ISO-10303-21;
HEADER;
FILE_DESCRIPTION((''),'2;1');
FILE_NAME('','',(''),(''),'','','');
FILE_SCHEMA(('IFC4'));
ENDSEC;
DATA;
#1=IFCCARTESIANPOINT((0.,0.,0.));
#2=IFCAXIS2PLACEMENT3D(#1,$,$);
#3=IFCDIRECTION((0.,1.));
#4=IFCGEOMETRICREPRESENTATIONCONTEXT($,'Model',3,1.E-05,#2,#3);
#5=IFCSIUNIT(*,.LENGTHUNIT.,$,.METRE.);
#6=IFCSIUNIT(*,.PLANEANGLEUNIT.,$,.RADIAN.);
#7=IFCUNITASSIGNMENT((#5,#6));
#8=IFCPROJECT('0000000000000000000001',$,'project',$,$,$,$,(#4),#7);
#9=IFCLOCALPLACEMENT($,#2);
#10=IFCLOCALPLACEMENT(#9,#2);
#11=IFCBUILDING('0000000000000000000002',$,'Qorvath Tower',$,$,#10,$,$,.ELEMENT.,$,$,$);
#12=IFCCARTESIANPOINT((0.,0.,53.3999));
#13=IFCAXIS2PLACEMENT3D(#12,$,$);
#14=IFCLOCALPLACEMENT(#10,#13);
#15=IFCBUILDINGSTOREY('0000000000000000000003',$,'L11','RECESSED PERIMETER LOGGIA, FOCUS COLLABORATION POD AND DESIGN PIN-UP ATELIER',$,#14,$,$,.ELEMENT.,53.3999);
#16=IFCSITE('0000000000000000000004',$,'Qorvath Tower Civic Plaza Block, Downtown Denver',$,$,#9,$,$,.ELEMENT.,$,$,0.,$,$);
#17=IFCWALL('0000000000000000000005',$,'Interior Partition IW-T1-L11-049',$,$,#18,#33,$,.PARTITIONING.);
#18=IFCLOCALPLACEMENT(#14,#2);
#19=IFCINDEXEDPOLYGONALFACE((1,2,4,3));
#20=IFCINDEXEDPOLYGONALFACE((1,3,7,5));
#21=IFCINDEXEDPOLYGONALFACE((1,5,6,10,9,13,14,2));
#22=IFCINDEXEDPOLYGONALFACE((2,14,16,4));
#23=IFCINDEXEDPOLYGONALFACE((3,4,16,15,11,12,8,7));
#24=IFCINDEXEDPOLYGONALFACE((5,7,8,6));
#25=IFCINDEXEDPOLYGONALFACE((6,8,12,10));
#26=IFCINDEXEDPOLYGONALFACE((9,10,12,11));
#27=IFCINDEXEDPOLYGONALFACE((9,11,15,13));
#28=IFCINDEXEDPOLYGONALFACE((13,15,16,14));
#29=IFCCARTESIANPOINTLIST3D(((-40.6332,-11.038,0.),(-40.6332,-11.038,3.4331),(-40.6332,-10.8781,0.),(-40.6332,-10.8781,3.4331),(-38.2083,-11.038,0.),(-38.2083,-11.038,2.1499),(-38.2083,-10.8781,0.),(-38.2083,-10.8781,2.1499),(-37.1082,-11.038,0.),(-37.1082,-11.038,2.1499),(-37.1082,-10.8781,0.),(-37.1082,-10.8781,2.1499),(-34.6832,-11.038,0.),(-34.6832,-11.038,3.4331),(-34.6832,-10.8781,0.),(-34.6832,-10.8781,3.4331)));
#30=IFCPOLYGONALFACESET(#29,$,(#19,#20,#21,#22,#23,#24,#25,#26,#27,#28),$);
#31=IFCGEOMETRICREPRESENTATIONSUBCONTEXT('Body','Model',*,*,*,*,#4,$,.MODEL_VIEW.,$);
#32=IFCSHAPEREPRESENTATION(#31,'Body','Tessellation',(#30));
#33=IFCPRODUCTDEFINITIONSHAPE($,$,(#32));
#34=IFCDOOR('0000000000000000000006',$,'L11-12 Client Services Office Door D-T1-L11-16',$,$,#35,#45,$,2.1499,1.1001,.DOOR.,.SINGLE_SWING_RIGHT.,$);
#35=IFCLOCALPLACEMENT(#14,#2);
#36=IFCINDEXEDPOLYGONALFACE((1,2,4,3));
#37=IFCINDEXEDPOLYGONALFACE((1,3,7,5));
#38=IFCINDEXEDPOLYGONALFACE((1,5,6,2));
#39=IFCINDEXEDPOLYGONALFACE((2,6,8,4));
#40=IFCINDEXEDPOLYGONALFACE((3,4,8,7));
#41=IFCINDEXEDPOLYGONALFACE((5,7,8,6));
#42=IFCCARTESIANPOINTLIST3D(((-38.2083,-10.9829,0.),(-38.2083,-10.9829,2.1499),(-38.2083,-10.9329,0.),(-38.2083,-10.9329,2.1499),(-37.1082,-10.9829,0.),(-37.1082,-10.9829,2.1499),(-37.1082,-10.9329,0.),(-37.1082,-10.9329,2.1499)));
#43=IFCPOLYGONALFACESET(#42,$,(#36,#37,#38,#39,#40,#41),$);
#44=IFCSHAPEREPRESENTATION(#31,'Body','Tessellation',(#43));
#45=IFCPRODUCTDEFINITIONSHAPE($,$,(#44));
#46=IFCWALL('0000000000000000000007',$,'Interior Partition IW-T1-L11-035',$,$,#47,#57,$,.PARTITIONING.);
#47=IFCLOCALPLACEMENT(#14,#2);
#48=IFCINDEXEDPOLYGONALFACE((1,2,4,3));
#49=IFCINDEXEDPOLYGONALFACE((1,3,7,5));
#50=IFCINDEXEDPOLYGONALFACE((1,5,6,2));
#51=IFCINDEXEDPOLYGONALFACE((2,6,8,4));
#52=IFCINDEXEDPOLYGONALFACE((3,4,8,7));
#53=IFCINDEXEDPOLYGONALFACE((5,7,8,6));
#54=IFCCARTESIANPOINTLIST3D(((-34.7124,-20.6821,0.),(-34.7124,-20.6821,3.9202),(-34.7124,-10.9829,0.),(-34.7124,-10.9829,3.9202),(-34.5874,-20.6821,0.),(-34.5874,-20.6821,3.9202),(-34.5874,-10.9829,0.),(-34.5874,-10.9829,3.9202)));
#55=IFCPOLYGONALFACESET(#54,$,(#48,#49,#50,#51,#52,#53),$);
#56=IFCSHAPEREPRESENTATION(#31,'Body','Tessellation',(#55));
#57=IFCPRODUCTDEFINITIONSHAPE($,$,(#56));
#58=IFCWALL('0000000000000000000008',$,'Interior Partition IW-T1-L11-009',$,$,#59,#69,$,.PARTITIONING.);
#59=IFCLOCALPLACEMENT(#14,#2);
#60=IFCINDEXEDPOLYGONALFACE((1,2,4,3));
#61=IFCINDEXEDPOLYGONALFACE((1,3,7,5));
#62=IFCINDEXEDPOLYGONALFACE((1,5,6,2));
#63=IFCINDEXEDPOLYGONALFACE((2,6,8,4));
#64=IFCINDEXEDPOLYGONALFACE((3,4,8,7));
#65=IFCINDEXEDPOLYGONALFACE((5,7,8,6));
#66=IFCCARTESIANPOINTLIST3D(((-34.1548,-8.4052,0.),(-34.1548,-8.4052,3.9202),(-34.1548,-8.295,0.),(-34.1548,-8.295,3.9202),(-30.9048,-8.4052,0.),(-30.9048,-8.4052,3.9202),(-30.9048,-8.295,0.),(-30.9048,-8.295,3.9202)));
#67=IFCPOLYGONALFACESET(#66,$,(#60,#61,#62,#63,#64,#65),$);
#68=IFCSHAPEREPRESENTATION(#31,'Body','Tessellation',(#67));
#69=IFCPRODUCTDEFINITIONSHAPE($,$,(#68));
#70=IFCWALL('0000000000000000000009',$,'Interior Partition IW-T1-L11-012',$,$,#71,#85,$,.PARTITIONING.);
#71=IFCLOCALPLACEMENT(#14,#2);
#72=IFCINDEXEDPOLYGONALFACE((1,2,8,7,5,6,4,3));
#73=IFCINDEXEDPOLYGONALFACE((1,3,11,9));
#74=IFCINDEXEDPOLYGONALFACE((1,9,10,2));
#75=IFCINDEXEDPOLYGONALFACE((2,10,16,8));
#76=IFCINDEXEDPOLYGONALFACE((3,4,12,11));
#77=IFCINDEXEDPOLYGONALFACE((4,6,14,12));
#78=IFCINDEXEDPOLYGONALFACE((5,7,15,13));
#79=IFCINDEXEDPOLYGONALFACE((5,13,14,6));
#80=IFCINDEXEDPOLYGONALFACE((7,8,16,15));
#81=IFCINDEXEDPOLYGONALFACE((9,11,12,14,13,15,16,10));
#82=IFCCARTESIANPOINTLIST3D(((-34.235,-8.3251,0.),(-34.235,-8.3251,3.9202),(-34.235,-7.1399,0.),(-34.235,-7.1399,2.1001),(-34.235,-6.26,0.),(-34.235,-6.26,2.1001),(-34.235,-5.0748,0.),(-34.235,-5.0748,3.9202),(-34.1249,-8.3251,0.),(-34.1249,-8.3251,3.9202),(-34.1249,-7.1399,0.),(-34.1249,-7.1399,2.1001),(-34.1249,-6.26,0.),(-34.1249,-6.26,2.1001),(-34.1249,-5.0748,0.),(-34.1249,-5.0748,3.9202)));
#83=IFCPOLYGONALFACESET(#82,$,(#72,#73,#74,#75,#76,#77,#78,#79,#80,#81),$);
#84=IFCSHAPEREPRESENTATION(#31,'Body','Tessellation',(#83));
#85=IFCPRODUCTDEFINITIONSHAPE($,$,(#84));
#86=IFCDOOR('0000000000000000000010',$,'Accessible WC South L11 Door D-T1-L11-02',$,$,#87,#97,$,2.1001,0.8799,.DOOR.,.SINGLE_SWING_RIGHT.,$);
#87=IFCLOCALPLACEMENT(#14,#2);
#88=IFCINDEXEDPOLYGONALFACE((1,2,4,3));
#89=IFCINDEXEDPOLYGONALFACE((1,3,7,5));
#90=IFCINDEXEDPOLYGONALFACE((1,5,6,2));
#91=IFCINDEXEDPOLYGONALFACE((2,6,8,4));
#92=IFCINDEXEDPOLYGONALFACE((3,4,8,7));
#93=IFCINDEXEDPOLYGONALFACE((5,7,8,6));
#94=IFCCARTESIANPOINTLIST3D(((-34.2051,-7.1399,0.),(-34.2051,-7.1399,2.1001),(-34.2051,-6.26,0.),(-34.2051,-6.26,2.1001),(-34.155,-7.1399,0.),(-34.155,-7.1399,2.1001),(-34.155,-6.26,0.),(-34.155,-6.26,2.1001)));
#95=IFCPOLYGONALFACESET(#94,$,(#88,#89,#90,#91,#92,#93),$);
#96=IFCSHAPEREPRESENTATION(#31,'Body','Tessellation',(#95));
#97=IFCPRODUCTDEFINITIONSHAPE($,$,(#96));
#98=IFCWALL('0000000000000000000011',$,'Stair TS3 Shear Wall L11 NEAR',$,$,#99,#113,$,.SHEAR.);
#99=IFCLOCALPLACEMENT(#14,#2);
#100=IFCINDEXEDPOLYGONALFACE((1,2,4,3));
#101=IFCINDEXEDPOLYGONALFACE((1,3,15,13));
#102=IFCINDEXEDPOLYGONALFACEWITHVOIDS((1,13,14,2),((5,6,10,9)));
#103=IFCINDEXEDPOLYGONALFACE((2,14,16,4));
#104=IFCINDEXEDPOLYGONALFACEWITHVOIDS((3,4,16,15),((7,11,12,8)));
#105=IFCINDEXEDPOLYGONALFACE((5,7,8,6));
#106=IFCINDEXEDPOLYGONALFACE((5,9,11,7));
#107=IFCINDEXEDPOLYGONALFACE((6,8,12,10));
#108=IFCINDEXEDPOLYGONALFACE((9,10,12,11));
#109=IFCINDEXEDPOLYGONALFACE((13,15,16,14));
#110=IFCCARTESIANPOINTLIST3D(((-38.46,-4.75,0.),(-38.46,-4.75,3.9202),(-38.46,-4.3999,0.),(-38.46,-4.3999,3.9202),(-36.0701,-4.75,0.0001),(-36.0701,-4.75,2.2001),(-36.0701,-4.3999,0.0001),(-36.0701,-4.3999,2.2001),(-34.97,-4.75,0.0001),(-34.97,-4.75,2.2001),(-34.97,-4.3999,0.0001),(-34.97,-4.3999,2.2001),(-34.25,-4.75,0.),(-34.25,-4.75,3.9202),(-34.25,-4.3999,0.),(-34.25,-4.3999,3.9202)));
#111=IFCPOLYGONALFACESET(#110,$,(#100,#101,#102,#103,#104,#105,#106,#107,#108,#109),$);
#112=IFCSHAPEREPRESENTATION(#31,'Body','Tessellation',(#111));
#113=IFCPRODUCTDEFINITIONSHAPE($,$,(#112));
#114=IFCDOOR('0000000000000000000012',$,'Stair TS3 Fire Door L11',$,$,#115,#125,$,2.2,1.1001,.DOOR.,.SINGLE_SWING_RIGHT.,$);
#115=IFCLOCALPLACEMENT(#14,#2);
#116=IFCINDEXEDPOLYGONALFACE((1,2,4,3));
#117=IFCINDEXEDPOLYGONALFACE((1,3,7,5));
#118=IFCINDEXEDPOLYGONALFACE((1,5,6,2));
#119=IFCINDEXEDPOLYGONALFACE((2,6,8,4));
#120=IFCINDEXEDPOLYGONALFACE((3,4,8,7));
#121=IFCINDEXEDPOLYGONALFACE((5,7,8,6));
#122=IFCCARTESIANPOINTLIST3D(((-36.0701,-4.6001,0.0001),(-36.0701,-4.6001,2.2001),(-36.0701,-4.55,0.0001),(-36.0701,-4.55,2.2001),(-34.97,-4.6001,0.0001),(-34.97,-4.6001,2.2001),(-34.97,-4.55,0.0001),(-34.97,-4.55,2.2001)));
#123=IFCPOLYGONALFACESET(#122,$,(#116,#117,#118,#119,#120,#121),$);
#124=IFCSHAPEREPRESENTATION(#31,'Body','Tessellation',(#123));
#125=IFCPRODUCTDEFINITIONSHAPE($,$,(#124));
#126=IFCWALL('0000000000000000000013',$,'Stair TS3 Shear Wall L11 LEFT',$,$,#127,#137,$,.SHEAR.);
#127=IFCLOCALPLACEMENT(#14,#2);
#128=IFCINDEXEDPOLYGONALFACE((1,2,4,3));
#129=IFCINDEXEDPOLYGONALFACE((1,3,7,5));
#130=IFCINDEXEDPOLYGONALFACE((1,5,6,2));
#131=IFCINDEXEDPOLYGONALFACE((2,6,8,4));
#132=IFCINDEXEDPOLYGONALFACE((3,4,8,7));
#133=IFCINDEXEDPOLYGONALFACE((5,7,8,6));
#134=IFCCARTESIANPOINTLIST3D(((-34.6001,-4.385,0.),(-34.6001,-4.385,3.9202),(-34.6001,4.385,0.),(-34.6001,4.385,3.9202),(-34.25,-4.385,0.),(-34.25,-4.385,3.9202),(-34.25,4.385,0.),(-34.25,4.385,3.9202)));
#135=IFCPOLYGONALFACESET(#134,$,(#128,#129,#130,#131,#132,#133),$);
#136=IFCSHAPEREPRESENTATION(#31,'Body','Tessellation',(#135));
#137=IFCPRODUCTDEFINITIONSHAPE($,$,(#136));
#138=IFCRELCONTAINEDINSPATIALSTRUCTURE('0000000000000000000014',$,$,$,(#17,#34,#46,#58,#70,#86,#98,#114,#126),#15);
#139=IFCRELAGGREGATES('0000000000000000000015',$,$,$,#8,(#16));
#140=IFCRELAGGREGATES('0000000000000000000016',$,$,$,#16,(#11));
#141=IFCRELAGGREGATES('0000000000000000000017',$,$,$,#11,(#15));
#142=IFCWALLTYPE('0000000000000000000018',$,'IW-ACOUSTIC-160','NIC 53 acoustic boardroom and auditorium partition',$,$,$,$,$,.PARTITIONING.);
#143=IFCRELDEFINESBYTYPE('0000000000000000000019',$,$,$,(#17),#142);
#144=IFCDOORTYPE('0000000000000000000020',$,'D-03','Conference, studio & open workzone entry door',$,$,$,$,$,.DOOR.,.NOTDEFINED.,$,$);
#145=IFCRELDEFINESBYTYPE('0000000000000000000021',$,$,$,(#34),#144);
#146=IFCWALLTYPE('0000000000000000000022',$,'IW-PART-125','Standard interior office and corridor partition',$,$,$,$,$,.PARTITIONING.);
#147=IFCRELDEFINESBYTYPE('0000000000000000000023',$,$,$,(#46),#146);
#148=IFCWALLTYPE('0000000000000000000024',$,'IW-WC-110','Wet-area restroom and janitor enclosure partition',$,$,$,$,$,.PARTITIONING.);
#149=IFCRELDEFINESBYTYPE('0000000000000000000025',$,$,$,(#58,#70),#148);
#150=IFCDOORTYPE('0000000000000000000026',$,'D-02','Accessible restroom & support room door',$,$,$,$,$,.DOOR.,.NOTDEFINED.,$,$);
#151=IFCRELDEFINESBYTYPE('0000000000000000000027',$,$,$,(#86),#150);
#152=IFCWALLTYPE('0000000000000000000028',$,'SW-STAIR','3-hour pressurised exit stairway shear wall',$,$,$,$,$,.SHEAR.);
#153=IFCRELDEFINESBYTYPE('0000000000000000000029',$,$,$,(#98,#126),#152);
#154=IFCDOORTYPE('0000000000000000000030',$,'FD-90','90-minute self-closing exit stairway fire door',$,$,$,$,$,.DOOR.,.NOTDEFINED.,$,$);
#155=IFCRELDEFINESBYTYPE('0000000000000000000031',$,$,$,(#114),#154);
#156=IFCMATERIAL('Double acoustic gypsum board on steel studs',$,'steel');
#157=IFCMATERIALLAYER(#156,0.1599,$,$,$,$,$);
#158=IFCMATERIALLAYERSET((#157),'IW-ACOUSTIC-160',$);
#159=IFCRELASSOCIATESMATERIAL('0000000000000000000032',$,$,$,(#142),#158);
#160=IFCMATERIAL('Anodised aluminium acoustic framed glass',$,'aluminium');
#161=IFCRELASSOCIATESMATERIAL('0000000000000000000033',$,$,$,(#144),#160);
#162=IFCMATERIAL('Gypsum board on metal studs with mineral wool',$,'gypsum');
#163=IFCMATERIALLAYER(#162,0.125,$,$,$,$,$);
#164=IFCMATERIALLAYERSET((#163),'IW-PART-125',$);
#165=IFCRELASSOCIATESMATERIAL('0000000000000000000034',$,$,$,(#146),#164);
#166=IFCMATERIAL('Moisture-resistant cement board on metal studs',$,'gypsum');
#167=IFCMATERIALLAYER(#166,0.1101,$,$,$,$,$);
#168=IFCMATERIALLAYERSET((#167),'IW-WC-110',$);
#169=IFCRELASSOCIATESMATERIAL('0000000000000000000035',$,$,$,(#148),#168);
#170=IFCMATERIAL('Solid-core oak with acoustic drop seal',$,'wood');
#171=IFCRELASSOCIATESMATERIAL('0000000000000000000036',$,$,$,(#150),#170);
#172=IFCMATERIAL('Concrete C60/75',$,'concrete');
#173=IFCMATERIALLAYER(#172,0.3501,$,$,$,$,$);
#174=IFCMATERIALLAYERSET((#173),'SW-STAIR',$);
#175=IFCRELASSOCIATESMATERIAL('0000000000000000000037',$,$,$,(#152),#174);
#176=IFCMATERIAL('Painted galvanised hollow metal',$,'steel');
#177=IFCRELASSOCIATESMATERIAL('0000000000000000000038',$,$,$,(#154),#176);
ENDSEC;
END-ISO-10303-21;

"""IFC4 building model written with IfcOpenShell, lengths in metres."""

from ifc_helpers import new_model, si_unit, direction, frame, frame_2d, origin, place, context, subcontext, project, spatial, rectangle, extrude, material, layer, layer_set, type_object, element, fill, save


model = new_model("IFC4")

# Units and contexts
model_context = context("Model", 3, precision=1e-05, world=origin(), true_north=direction((0.0, 1.0)))
body_context = subcontext(model_context, "Body", "Model", "MODEL_VIEW")
ifc_project = project(units=[si_unit("LENGTHUNIT", "METRE"), si_unit("PLANEANGLEUNIT", "RADIAN")], contexts=[model_context])

# Site, building, storey
site_placement = place(None, origin())
site = spatial("IfcSite", under=ifc_project, at=site_placement, Name="Qorvath Tower Civic Plaza Block, Downtown Denver", CompositionType="ELEMENT", RefElevation=0.0)
building_placement = place(site_placement, origin())
building = spatial("IfcBuilding", under=site, at=building_placement, Name="Qorvath Tower", CompositionType="ELEMENT")
storey_placement = place(building_placement, frame((0.0, 0.0, 53.3999)))
storey = spatial("IfcBuildingStorey", under=building, at=storey_placement, Name="L11", Description="RECESSED PERIMETER LOGGIA, FOCUS COLLABORATION POD AND DESIGN PIN-UP ATELIER", CompositionType="ELEMENT", Elevation=53.3999)

# Wall, opening, door
ifc_material_1 = material(Name="Double acoustic gypsum board on steel studs", Category="steel")
ifc_layer_1 = layer(ifc_material_1, 0.1599)
ifc_layer_set_1 = layer_set([ifc_layer_1], Name="IW-ACOUSTIC-160")
wall_type_1 = type_object("IfcWallType", Name="IW-ACOUSTIC-160", Description="NIC 53 acoustic boardroom and auditorium partition", PredefinedType="PARTITIONING", material=ifc_layer_set_1)
wall_1_placement = place(storey_placement, frame((-34.6831, -10.958, 0.0), z_axis=(0.0, 0.0, 1.0), x_axis=(-1.0, 0.0, 0.0)))
wall_1 = element("IfcWall", 1, at=wall_1_placement, inside=storey, type_object=wall_type_1, Name="Interior Partition IW-T1-L11-049", PredefinedType="PARTITIONING", context=body_context, shape_type="SweptSolid", body=[
    extrude(rectangle(XDim=5.95, YDim=0.1599, at=frame_2d((2.9751, 0.0))), origin(), (0.0, 0.0, 1.0), 3.4331),
])
opening_1_placement = place(wall_1_placement, frame((2.425, 0.0, 0.0)))
opening_1 = element("IfcOpeningElement", 2, at=opening_1_placement, cuts=wall_1, PredefinedType="OPENING", context=body_context, shape_type="SweptSolid", body=[
    extrude(rectangle(XDim=1.1001, YDim=2.1499, at=frame_2d((0.55, 1.075))), frame((0.0, 0.0898, 0.0), z_axis=(0.0, -1.0, 0.0), x_axis=(1.0, 0.0, 0.0)), (0.0, 0.0, 1.0), 0.1799),
])
ifc_material_2 = material(Name="Anodised aluminium acoustic framed glass", Category="aluminium")
door_type_1 = type_object("IfcDoorType", Name="D-03", Description="Conference, studio & open workzone entry door", OperationType="NOTDEFINED", PredefinedType="DOOR", material=ifc_material_2)
door_1_placement = place(opening_1_placement, origin())
door_1 = element("IfcDoor", 3, at=door_1_placement, inside=storey, type_object=door_type_1, Name="L11-12 Client Services Office Door D-T1-L11-16", OperationType="SINGLE_SWING_RIGHT", OverallHeight=2.1499, OverallWidth=1.1001, PredefinedType="DOOR", context=body_context, shape_type="SweptSolid", body=[
    extrude(rectangle(XDim=1.1001, YDim=2.1499, at=frame_2d((0.55, 1.075))), frame((0.0, 0.0249, 0.0), z_axis=(0.0, -1.0, 0.0), x_axis=(1.0, 0.0, 0.0)), (0.0, 0.0, 1.0), 0.05),
])
fill(opening_1, door_1)

# Walls
ifc_material_3 = material(Name="Gypsum board on metal studs with mineral wool", Category="gypsum")
ifc_layer_2 = layer(ifc_material_3, 0.125)
ifc_layer_set_2 = layer_set([ifc_layer_2], Name="IW-PART-125")
wall_type_2 = type_object("IfcWallType", Name="IW-PART-125", Description="Standard interior office and corridor partition", PredefinedType="PARTITIONING", material=ifc_layer_set_2)
wall_2_placement = place(storey_placement, frame((-34.6499, -10.9829, 0.0), z_axis=(0.0, 0.0, 1.0), x_axis=(0.0, -1.0, 0.0)))
element("IfcWall", 4, at=wall_2_placement, inside=storey, type_object=wall_type_2, Name="Interior Partition IW-T1-L11-035", PredefinedType="PARTITIONING", context=body_context, shape_type="SweptSolid", body=[
    extrude(rectangle(XDim=9.6992, YDim=0.125, at=frame_2d((4.8496, 0.0))), origin(), (0.0, 0.0, 1.0), 3.9202),
])
ifc_material_4 = material(Name="Moisture-resistant cement board on metal studs", Category="gypsum")
ifc_layer_3 = layer(ifc_material_4, 0.1101)
ifc_layer_set_3 = layer_set([ifc_layer_3], Name="IW-WC-110")
wall_type_3 = type_object("IfcWallType", Name="IW-WC-110", Description="Wet-area restroom and janitor enclosure partition", PredefinedType="PARTITIONING", material=ifc_layer_set_3)
wall_3_placement = place(storey_placement, frame((-34.1548, -8.3501, 0.0), z_axis=(0.0, 0.0, 1.0), x_axis=(1.0, 0.0, 0.0)))
element("IfcWall", 5, at=wall_3_placement, inside=storey, type_object=wall_type_3, Name="Interior Partition IW-T1-L11-009", PredefinedType="PARTITIONING", context=body_context, shape_type="SweptSolid", body=[
    extrude(rectangle(XDim=3.25, YDim=0.1101, at=frame_2d((1.625, 0.0))), origin(), (0.0, 0.0, 1.0), 3.9202),
])

# Walls, openings, doors
wall_4_placement = place(storey_placement, frame((-34.1799, -5.075, 0.0), z_axis=(0.0, 0.0, 1.0), x_axis=(0.0, -1.0, 0.0)))
wall_4 = element("IfcWall", 6, at=wall_4_placement, inside=storey, type_object=wall_type_3, Name="Interior Partition IW-T1-L11-012", PredefinedType="PARTITIONING", context=body_context, shape_type="SweptSolid", body=[
    extrude(rectangle(XDim=3.2502, YDim=0.1101, at=frame_2d((1.625, 0.0))), origin(), (0.0, 0.0, 1.0), 3.9202),
])
opening_2_placement = place(wall_4_placement, frame((1.1851, 0.0, 0.0)))
opening_2 = element("IfcOpeningElement", 7, at=opening_2_placement, cuts=wall_4, PredefinedType="OPENING", context=body_context, shape_type="SweptSolid", body=[
    extrude(rectangle(XDim=0.8799, YDim=2.1001, at=frame_2d((0.4399, 1.05))), frame((0.0, 0.0649, 0.0), z_axis=(0.0, -1.0, 0.0), x_axis=(1.0, 0.0, 0.0)), (0.0, 0.0, 1.0), 0.1301),
])
ifc_material_5 = material(Name="Solid-core oak with acoustic drop seal", Category="wood")
door_type_2 = type_object("IfcDoorType", Name="D-02", Description="Accessible restroom & support room door", OperationType="NOTDEFINED", PredefinedType="DOOR", material=ifc_material_5)
door_2_placement = place(opening_2_placement, origin())
door_2 = element("IfcDoor", 8, at=door_2_placement, inside=storey, type_object=door_type_2, Name="Accessible WC South L11 Door D-T1-L11-02", OperationType="SINGLE_SWING_RIGHT", OverallHeight=2.1001, OverallWidth=0.8799, PredefinedType="DOOR", context=body_context, shape_type="SweptSolid", body=[
    extrude(rectangle(XDim=0.8799, YDim=2.1001, at=frame_2d((0.4399, 1.05))), frame((0.0, 0.0249, 0.0), z_axis=(0.0, -1.0, 0.0), x_axis=(1.0, 0.0, 0.0)), (0.0, 0.0, 1.0), 0.05),
])
fill(opening_2, door_2)
ifc_material_6 = material(Name="Concrete C60/75", Category="concrete")
ifc_layer_4 = layer(ifc_material_6, 0.3501)
ifc_layer_set_4 = layer_set([ifc_layer_4], Name="SW-STAIR")
wall_type_4 = type_object("IfcWallType", Name="SW-STAIR", Description="3-hour pressurised exit stairway shear wall", PredefinedType="SHEAR", material=ifc_layer_set_4)
wall_5_placement = place(storey_placement, frame((-38.46, -4.575, 0.0), z_axis=(0.0, 0.0, 1.0), x_axis=(1.0, 0.0, 0.0)))
wall_5 = element("IfcWall", 9, at=wall_5_placement, inside=storey, type_object=wall_type_4, Name="Stair TS3 Shear Wall L11 NEAR", PredefinedType="SHEAR", context=body_context, shape_type="SweptSolid", body=[
    extrude(rectangle(XDim=4.21, YDim=0.3501, at=frame_2d((2.105, 0.0))), origin(), (0.0, 0.0, 1.0), 3.9202),
])
opening_3_placement = place(wall_5_placement, frame((2.3899, 0.0, 0.0)))
opening_3 = element("IfcOpeningElement", 10, at=opening_3_placement, cuts=wall_5, PredefinedType="OPENING", context=body_context, shape_type="SweptSolid", body=[
    extrude(rectangle(XDim=1.1001, YDim=2.2, at=frame_2d((0.55, 1.1001))), frame((0.0, 0.1851, 0.0), z_axis=(0.0, -1.0, 0.0), x_axis=(1.0, 0.0, 0.0)), (0.0, 0.0, 1.0), 0.3701),
])
ifc_material_7 = material(Name="Painted galvanised hollow metal", Category="steel")
door_type_3 = type_object("IfcDoorType", Name="FD-90", Description="90-minute self-closing exit stairway fire door", OperationType="NOTDEFINED", PredefinedType="DOOR", material=ifc_material_7)
door_3_placement = place(opening_3_placement, origin())
door_3 = element("IfcDoor", 11, at=door_3_placement, inside=storey, type_object=door_type_3, Name="Stair TS3 Fire Door L11", OperationType="SINGLE_SWING_RIGHT", OverallHeight=2.2, OverallWidth=1.1001, PredefinedType="DOOR", context=body_context, shape_type="SweptSolid", body=[
    extrude(rectangle(XDim=1.1001, YDim=2.2, at=frame_2d((0.55, 1.1001))), frame((0.0, 0.0249, 0.0), z_axis=(0.0, -1.0, 0.0), x_axis=(1.0, 0.0, 0.0)), (0.0, 0.0, 1.0), 0.05),
])
fill(opening_3, door_3)

# Wall
wall_6_placement = place(storey_placement, frame((-34.425, -4.385, 0.0), z_axis=(0.0, 0.0, 1.0), x_axis=(0.0, 1.0, 0.0)))
element("IfcWall", 12, at=wall_6_placement, inside=storey, type_object=wall_type_4, Name="Stair TS3 Shear Wall L11 LEFT", PredefinedType="SHEAR", context=body_context, shape_type="SweptSolid", body=[
    extrude(rectangle(XDim=8.77, YDim=0.3501, at=frame_2d((4.385, 0.0))), origin(), (0.0, 0.0, 1.0), 3.9202),
])

save(model, "model.ifc")
